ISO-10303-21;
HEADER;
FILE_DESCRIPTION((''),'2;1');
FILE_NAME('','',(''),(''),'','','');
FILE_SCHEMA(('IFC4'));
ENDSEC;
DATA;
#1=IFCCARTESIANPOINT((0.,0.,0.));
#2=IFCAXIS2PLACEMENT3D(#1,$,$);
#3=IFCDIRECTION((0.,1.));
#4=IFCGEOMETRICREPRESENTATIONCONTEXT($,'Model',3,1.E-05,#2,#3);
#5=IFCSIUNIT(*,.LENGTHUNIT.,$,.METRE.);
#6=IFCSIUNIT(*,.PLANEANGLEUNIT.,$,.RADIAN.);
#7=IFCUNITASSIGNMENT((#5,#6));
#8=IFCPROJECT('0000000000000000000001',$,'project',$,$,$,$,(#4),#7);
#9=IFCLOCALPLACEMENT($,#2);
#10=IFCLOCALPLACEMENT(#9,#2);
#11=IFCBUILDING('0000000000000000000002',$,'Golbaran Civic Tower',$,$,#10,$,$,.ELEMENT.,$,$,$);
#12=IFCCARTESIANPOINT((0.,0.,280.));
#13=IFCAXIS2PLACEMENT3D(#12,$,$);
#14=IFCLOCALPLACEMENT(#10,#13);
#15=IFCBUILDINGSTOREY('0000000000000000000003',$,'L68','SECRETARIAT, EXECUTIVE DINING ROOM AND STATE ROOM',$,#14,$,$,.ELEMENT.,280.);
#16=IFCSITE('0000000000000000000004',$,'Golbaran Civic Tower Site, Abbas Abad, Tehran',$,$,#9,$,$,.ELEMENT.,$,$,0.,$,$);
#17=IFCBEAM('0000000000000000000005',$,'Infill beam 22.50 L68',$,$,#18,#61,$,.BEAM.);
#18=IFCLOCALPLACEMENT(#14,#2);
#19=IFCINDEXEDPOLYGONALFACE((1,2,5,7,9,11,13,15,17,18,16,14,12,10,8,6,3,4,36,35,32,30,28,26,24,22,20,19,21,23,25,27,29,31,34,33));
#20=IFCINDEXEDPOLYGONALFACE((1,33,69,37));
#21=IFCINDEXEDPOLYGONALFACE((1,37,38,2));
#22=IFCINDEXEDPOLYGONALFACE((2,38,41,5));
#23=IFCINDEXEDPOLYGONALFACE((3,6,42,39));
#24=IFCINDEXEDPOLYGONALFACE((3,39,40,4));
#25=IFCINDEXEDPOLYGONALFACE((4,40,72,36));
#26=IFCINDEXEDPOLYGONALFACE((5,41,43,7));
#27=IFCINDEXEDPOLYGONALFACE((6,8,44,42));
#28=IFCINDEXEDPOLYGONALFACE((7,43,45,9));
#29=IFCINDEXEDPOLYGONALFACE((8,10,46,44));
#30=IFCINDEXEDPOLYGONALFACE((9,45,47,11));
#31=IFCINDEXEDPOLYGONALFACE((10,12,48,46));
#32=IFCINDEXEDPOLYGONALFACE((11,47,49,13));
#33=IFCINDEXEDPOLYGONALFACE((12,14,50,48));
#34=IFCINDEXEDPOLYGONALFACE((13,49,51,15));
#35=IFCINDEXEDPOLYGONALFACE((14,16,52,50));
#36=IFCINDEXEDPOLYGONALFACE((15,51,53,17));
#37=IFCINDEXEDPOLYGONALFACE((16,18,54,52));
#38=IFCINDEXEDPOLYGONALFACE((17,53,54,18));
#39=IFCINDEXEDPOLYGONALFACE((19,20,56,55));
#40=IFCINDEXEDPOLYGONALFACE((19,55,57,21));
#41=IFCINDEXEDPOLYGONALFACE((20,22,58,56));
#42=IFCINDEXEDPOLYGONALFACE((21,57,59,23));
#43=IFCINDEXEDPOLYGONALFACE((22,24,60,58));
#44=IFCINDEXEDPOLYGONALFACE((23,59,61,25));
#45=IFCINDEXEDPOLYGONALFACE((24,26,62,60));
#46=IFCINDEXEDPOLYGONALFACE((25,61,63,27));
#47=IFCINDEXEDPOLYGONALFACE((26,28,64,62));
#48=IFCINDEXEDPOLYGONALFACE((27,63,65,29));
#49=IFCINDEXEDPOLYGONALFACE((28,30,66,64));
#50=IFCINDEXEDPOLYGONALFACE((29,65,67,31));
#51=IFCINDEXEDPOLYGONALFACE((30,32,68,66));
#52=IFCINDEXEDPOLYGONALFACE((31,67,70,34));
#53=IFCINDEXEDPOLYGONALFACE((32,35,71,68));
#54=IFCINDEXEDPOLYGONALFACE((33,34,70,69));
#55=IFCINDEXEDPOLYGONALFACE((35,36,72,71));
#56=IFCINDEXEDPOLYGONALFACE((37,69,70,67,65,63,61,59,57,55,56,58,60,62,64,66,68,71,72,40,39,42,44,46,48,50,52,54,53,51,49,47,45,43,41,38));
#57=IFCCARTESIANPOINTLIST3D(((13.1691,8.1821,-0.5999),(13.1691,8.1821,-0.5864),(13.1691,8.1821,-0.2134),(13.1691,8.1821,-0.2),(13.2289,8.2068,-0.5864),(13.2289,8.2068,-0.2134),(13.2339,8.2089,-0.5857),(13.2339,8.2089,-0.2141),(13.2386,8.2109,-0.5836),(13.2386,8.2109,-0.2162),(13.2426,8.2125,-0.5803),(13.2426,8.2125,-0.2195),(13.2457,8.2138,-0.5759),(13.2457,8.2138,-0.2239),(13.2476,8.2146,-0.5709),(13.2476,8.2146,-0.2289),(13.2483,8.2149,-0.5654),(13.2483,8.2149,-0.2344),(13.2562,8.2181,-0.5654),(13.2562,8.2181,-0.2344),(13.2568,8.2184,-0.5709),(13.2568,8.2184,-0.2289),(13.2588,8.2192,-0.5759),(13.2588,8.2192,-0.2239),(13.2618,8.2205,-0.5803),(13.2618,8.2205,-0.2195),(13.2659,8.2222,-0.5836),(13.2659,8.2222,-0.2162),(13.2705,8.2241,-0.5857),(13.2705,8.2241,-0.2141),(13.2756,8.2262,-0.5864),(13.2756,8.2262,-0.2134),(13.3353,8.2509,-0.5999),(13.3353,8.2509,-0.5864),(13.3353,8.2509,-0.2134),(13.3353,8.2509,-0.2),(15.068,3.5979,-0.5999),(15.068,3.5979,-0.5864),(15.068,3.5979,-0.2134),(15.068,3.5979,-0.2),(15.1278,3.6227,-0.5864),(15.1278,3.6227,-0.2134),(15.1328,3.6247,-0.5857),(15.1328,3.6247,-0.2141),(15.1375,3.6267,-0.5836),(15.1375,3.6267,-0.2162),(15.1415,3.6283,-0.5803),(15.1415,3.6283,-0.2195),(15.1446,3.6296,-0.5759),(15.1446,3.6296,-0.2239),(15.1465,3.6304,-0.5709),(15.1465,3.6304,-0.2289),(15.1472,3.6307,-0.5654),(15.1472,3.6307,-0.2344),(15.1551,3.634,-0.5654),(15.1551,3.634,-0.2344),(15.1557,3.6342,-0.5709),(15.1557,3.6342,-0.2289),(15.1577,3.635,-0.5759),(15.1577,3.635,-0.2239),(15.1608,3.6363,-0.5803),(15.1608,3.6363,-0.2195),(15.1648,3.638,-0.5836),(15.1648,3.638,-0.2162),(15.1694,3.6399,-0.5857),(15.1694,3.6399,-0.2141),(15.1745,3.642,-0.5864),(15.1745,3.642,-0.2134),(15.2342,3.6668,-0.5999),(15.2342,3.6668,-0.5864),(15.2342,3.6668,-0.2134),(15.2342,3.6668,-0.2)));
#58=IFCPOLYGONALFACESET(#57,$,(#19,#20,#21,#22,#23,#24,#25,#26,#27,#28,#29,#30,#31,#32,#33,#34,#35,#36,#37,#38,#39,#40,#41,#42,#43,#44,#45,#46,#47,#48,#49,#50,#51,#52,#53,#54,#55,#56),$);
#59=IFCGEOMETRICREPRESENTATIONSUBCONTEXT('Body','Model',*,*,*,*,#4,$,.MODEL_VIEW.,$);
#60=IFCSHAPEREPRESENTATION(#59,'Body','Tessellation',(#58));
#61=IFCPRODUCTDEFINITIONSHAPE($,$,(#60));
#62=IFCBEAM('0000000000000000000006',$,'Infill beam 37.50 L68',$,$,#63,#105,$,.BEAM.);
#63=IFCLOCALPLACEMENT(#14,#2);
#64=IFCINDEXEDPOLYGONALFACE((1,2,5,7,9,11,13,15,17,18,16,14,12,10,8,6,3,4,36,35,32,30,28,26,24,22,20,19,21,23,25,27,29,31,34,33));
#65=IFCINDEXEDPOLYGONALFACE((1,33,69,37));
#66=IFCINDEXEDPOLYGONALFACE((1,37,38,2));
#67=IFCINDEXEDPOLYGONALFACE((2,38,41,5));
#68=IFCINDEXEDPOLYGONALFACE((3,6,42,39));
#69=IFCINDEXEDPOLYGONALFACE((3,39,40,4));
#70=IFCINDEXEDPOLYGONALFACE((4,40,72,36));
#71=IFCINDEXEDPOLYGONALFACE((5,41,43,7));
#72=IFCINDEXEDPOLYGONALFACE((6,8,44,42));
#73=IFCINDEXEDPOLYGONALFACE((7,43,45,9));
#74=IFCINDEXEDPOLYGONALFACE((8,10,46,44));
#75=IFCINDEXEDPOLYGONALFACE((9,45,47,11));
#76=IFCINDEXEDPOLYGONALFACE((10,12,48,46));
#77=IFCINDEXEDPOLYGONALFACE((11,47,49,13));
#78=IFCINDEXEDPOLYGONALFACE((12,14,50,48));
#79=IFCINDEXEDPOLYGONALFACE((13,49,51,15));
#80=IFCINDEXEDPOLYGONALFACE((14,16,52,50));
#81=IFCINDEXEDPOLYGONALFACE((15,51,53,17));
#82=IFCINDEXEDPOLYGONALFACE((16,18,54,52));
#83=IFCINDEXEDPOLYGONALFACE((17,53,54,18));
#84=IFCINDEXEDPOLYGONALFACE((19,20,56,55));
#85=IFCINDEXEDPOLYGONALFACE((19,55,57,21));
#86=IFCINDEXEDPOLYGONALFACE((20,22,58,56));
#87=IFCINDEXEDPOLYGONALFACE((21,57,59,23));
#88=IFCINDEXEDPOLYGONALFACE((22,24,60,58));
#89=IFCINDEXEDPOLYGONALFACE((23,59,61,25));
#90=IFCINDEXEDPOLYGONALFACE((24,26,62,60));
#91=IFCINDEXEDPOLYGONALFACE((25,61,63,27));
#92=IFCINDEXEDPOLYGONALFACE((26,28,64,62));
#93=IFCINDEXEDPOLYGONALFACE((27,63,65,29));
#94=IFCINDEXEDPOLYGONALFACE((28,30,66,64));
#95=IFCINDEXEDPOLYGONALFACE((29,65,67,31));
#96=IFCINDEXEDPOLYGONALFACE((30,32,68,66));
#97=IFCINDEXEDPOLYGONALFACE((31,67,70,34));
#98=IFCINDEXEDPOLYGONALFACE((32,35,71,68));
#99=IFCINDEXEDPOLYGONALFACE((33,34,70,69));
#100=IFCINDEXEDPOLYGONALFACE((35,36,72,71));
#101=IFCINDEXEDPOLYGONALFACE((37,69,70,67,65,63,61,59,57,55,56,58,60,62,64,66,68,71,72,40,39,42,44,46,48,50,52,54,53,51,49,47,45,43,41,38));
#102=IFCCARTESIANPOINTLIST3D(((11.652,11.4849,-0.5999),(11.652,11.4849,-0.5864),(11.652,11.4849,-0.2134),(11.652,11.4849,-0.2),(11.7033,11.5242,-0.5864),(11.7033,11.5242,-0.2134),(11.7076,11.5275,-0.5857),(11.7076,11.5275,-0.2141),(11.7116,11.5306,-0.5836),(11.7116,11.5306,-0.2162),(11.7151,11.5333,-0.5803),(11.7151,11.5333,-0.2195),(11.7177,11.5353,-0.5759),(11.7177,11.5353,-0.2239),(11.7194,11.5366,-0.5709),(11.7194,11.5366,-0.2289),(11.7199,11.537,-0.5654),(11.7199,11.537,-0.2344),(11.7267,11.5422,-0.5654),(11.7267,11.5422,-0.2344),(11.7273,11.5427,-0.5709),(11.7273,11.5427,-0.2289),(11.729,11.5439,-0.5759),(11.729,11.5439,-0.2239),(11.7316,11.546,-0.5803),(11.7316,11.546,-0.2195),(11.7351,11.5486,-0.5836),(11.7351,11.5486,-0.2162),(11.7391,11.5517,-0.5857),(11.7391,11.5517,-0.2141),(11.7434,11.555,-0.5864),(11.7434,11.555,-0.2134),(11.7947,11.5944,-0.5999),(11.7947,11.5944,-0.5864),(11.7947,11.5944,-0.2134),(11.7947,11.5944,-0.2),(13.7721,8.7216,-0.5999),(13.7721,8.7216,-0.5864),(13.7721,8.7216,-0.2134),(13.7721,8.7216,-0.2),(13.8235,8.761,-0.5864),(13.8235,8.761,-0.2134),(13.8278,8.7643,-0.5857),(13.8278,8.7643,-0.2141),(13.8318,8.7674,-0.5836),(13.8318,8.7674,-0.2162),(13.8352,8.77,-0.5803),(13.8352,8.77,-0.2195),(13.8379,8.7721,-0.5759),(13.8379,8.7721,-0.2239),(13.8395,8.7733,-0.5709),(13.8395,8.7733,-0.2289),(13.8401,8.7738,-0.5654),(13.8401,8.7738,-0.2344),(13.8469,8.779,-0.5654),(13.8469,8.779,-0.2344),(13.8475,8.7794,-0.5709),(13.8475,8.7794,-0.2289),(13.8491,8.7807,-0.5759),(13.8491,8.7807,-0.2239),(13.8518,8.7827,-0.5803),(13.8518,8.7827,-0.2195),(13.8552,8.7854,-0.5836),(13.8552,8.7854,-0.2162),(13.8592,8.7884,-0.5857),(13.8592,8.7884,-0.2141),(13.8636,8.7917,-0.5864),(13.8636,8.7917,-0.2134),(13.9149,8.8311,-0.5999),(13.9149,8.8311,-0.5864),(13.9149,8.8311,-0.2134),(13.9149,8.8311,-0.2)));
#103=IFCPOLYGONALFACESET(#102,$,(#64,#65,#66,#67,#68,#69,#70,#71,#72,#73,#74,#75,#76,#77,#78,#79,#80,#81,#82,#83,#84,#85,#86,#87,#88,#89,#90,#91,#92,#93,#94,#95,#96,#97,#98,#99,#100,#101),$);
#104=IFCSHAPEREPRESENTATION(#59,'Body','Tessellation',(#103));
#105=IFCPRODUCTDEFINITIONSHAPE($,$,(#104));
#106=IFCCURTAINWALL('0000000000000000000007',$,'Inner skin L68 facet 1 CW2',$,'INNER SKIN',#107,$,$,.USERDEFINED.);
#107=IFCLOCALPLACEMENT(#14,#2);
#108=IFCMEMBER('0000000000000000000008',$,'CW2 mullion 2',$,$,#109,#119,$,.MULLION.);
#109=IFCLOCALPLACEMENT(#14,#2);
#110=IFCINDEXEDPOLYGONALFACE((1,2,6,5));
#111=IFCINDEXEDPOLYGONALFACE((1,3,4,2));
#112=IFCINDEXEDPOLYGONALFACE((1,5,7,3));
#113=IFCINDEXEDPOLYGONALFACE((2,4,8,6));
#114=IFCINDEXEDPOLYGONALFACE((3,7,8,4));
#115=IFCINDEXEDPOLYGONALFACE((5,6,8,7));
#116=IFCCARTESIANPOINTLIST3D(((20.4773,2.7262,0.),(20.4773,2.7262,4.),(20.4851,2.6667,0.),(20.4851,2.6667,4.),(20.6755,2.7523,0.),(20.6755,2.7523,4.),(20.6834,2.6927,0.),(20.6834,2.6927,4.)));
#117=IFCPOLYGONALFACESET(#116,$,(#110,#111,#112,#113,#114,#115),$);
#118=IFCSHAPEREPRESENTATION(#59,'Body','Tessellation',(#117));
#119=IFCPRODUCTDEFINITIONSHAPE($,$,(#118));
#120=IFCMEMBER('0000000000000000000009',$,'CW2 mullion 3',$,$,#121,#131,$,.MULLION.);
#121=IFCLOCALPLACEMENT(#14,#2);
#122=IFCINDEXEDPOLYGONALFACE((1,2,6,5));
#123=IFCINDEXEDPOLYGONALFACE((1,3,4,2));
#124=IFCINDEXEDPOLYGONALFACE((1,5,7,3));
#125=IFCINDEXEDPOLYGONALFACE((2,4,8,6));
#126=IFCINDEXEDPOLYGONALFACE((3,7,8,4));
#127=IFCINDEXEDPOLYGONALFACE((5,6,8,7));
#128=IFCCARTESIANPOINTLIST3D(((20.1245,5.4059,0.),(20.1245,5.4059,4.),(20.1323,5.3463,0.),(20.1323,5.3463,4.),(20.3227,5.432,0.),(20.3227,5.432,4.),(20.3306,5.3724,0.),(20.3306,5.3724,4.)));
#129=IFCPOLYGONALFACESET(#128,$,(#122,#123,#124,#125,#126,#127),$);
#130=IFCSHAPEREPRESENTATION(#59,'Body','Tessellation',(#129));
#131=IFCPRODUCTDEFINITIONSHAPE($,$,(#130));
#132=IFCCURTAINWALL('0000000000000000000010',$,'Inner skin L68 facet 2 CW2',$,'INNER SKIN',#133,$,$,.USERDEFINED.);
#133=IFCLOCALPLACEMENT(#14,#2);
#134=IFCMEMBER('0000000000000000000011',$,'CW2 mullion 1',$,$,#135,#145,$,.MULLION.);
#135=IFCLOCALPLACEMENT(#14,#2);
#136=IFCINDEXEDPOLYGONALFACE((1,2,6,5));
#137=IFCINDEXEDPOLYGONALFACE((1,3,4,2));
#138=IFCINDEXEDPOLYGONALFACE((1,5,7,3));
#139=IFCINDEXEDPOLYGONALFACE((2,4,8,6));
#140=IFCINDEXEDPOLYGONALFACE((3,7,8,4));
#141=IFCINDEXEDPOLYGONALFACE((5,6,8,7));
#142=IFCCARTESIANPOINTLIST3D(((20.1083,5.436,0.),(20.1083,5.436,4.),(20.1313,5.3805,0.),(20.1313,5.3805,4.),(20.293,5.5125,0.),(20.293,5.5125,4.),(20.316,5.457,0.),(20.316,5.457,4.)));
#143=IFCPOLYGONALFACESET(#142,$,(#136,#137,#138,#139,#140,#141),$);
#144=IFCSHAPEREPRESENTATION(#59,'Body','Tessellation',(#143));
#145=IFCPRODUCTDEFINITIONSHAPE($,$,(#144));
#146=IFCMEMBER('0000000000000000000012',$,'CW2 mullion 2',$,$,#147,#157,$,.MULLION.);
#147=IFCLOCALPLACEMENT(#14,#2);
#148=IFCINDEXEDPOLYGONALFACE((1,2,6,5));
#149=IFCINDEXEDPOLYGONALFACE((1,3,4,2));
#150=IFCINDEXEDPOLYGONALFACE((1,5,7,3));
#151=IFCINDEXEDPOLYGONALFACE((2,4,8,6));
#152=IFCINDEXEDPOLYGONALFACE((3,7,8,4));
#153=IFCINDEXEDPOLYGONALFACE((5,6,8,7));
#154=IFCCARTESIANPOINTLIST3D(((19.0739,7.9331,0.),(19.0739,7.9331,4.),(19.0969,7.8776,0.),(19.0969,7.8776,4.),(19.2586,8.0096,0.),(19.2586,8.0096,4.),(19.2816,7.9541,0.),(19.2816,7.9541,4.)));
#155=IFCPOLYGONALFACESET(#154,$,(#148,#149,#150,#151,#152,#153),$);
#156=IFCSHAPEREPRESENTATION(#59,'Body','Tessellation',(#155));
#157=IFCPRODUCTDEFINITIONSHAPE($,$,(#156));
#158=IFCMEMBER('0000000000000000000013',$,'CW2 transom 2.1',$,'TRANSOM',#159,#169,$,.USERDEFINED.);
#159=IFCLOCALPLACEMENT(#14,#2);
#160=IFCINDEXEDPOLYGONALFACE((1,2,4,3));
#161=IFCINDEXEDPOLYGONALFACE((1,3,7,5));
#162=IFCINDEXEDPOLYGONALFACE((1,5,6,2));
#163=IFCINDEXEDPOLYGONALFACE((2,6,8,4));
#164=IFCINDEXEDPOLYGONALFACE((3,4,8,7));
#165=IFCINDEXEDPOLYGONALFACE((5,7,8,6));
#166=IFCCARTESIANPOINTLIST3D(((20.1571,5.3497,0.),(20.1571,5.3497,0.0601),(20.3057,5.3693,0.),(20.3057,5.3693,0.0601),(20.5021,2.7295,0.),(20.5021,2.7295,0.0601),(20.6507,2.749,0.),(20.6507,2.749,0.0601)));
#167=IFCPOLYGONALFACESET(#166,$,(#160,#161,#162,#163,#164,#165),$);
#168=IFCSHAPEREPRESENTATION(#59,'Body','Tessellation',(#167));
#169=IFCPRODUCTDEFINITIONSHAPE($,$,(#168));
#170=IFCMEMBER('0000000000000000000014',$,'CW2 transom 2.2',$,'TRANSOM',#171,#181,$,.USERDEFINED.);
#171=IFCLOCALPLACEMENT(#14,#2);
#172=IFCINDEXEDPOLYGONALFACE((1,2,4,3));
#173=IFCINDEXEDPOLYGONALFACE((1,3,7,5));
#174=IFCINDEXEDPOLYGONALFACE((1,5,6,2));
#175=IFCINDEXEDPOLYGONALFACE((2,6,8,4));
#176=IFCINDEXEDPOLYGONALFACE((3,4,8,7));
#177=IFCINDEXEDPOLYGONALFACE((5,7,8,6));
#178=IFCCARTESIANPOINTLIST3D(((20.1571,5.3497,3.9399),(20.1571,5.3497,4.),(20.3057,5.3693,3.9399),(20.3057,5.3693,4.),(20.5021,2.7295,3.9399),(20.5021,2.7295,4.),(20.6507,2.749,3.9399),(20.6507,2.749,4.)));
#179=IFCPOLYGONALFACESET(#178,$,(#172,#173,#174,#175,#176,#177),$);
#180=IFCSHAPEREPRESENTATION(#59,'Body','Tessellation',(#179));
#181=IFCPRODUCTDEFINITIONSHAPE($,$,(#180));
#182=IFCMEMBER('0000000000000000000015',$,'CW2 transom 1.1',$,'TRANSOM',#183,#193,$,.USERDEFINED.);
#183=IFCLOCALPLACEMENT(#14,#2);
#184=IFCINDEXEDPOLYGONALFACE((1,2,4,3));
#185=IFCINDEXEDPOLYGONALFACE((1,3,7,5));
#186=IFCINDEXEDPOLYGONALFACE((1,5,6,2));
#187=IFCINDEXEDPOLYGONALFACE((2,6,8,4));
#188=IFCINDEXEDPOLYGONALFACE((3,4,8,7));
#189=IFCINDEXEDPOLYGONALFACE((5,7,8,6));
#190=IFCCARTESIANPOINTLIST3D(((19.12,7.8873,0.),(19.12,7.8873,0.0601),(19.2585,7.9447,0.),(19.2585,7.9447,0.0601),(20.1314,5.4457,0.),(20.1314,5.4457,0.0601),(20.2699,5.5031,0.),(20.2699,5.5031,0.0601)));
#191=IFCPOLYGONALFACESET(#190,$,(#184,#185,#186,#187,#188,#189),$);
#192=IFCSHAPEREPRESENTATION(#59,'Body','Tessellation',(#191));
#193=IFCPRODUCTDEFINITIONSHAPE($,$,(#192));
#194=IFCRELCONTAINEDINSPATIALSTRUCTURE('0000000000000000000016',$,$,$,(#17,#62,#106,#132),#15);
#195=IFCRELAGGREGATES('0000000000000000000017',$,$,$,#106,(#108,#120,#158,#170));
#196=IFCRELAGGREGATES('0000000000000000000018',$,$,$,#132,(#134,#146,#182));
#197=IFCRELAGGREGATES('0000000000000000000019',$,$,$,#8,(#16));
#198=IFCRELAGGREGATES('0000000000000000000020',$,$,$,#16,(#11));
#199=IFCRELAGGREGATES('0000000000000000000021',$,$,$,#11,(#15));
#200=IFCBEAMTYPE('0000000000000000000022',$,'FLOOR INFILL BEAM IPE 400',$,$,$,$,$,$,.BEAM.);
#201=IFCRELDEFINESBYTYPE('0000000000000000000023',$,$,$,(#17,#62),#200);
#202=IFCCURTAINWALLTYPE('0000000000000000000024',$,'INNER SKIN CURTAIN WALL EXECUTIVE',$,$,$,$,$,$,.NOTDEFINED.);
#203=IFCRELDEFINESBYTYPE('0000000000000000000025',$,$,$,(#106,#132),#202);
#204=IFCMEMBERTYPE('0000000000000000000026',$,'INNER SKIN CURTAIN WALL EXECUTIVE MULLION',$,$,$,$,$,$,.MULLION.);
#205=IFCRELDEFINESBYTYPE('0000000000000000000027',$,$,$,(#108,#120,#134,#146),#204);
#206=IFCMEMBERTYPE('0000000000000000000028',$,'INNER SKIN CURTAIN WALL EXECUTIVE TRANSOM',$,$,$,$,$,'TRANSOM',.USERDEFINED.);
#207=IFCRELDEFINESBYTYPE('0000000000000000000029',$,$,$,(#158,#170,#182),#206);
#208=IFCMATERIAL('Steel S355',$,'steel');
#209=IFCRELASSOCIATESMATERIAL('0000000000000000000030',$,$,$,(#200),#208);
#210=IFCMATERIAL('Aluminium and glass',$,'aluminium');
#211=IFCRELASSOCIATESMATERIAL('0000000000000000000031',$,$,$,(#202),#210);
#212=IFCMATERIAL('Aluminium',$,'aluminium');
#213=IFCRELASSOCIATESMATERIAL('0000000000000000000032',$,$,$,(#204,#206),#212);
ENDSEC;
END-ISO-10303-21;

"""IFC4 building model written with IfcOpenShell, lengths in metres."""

from ifc_helpers import new_model, si_unit, direction, frame, origin, origin_2d, place, context, subcontext, project, spatial, rectangle, i_section, extrude, material, material_profile, profile_set, type_object, element, aggregate, save


model = new_model("IFC4")

# Units and contexts
model_context = context("Model", 3, precision=1e-05, world=origin(), true_north=direction((0.0, 1.0)))
body_context = subcontext(model_context, "Body", "Model", "MODEL_VIEW")
ifc_project = project(units=[si_unit("LENGTHUNIT", "METRE"), si_unit("PLANEANGLEUNIT", "RADIAN")], contexts=[model_context])

# Site, building, storey
site_placement = place(None, origin())
site = spatial("IfcSite", under=ifc_project, at=site_placement, Name="Golbaran Civic Tower Site, Abbas Abad, Tehran", CompositionType="ELEMENT", RefElevation=0.0)
building_placement = place(site_placement, origin())
building = spatial("IfcBuilding", under=site, at=building_placement, Name="Golbaran Civic Tower", CompositionType="ELEMENT")
storey_placement = place(building_placement, frame((0.0, 0.0, 280.0)))
storey = spatial("IfcBuildingStorey", under=building, at=storey_placement, Name="L68", Description="SECRETARIAT, EXECUTIVE DINING ROOM AND STATE ROOM", CompositionType="ELEMENT", Elevation=280.0)

# Beams
ifc_material_1 = material(Name="Steel S355", Category="steel")
ifc_material_profile_1 = material_profile(ifc_material_1, i_section(OverallWidth=0.1799, OverallDepth=0.3999, WebThickness=0.0085, FlangeThickness=0.0134, FilletRadius=0.021, at=origin_2d()), Name="IPE 400")
ifc_profile_set_1 = profile_set([ifc_material_profile_1], Name="Steel S355")
beam_type = type_object("IfcBeamType", Name="FLOOR INFILL BEAM IPE 400", PredefinedType="BEAM", material=ifc_profile_set_1)
beam_1_placement = place(storey_placement, frame((15.1511, 3.6323, -0.3999), z_axis=(-0.382697, 0.923874, 0.0), x_axis=(-0.923874, -0.382697, 0.0)))
element("IfcBeam", 1, at=beam_1_placement, inside=storey, type_object=beam_type, Name="Infill beam 22.50 L68", PredefinedType="BEAM", context=body_context, shape_type="SweptSolid", body=[
    extrude(i_section(OverallWidth=0.1799, OverallDepth=0.3999, WebThickness=0.0085, FlangeThickness=0.0134, FilletRadius=0.021, at=origin_2d()), origin(), (0.0, 0.0, 1.0), 4.9619),
])
beam_2_placement = place(storey_placement, frame((13.8435, 8.7764, -0.3999), z_axis=(-0.608735, 0.793374, 0.0), x_axis=(-0.793374, -0.608735, 0.0)))
element("IfcBeam", 2, at=beam_2_placement, inside=storey, type_object=beam_type, Name="Infill beam 37.50 L68", PredefinedType="BEAM", context=body_context, shape_type="SweptSolid", body=[
    extrude(i_section(OverallWidth=0.1799, OverallDepth=0.3999, WebThickness=0.0085, FlangeThickness=0.0134, FilletRadius=0.021, at=origin_2d()), origin(), (0.0, 0.0, 1.0), 3.4829),
])

# Curtain walls, members
ifc_material_2 = material(Name="Aluminium and glass", Category="aluminium")
curtain_wall_type = type_object("IfcCurtainWallType", Name="INNER SKIN CURTAIN WALL EXECUTIVE", PredefinedType="NOTDEFINED", material=ifc_material_2)
curtain_wall_1_placement = place(storey_placement, origin())
curtain_wall_1 = element("IfcCurtainWall", 3, at=curtain_wall_1_placement, inside=storey, type_object=curtain_wall_type, Name="Inner skin L68 facet 1 CW2", ObjectType="INNER SKIN", PredefinedType="USERDEFINED")
ifc_material_3 = material(Name="Aluminium", Category="aluminium")
ifc_material_profile_2 = material_profile(ifc_material_3, rectangle(XDim=0.2, YDim=0.0601, at=origin_2d()), Name="INNER SKIN CURTAIN WALL EXECUTIVE MULLION")
ifc_profile_set_2 = profile_set([ifc_material_profile_2], Name="Aluminium")
member_type_1 = type_object("IfcMemberType", Name="INNER SKIN CURTAIN WALL EXECUTIVE MULLION", PredefinedType="MULLION", material=ifc_profile_set_2)
member_1_placement = place(storey_placement, frame((20.5803, 2.7095, 0.0), z_axis=(0.0, 0.0, 1.0), x_axis=(-0.991445, -0.130526, 0.0)))
member_1 = element("IfcMember", 4, at=member_1_placement, type_object=member_type_1, Name="CW2 mullion 2", PredefinedType="MULLION", context=body_context, shape_type="SweptSolid", body=[
    extrude(rectangle(XDim=0.2, YDim=0.0601, at=origin_2d()), origin(), (0.0, 0.0, 1.0), 4.0),
])
member_2_placement = place(storey_placement, frame((20.2275, 5.3892, 0.0), z_axis=(0.0, 0.0, 1.0), x_axis=(-0.991445, -0.130526, 0.0)))
member_2 = element("IfcMember", 5, at=member_2_placement, type_object=member_type_1, Name="CW2 mullion 3", PredefinedType="MULLION", context=body_context, shape_type="SweptSolid", body=[
    extrude(rectangle(XDim=0.2, YDim=0.0601, at=origin_2d()), origin(), (0.0, 0.0, 1.0), 4.0),
])
curtain_wall_2_placement = place(storey_placement, origin())
curtain_wall_2 = element("IfcCurtainWall", 6, at=curtain_wall_2_placement, inside=storey, type_object=curtain_wall_type, Name="Inner skin L68 facet 2 CW2", ObjectType="INNER SKIN", PredefinedType="USERDEFINED")
member_3_placement = place(storey_placement, frame((20.2122, 5.4465, 0.0), z_axis=(0.0, 0.0, 1.0), x_axis=(-0.92388, -0.382683, 0.0)))
member_3 = element("IfcMember", 7, at=member_3_placement, type_object=member_type_1, Name="CW2 mullion 1", PredefinedType="MULLION", context=body_context, shape_type="SweptSolid", body=[
    extrude(rectangle(XDim=0.2, YDim=0.0601, at=origin_2d()), origin(), (0.0, 0.0, 1.0), 4.0),
])
member_4_placement = place(storey_placement, frame((19.1777, 7.9436, 0.0), z_axis=(0.0, 0.0, 1.0), x_axis=(-0.92388, -0.382683, 0.0)))
member_4 = element("IfcMember", 8, at=member_4_placement, type_object=member_type_1, Name="CW2 mullion 2", PredefinedType="MULLION", context=body_context, shape_type="SweptSolid", body=[
    extrude(rectangle(XDim=0.2, YDim=0.0601, at=origin_2d()), origin(), (0.0, 0.0, 1.0), 4.0),
])

# Members
ifc_material_profile_3 = material_profile(ifc_material_3, rectangle(XDim=0.1499, YDim=0.0601, at=origin_2d()), Name="INNER SKIN CURTAIN WALL EXECUTIVE TRANSOM")
ifc_profile_set_3 = profile_set([ifc_material_profile_3], Name="Aluminium")
member_type_2 = type_object("IfcMemberType", Name="INNER SKIN CURTAIN WALL EXECUTIVE TRANSOM", ElementType="TRANSOM", PredefinedType="USERDEFINED", material=ifc_profile_set_3)
member_5_placement = place(storey_placement, frame((20.5764, 2.7393, 0.03), z_axis=(-0.130536, 0.991444, 0.0), x_axis=(-0.991444, -0.130536, 0.0)))
member_5 = element("IfcMember", 9, at=member_5_placement, type_object=member_type_2, Name="CW2 transom 2.1", ObjectType="TRANSOM", PredefinedType="USERDEFINED", context=body_context, shape_type="SweptSolid", body=[
    extrude(rectangle(XDim=0.1499, YDim=0.0601, at=origin_2d()), origin(), (0.0, 0.0, 1.0), 2.6428),
])
member_6_placement = place(storey_placement, frame((20.5764, 2.7393, 3.97), z_axis=(-0.130536, 0.991444, 0.0), x_axis=(-0.991444, -0.130536, 0.0)))
member_6 = element("IfcMember", 10, at=member_6_placement, type_object=member_type_2, Name="CW2 transom 2.2", ObjectType="TRANSOM", PredefinedType="USERDEFINED", context=body_context, shape_type="SweptSolid", body=[
    extrude(rectangle(XDim=0.1499, YDim=0.0601, at=origin_2d()), origin(), (0.0, 0.0, 1.0), 2.6428),
])
member_7_placement = place(storey_placement, frame((20.2007, 5.4744, 0.03), z_axis=(-0.382719, 0.923865, 0.0), x_axis=(-0.923865, -0.382719, 0.0)))
member_7 = element("IfcMember", 11, at=member_7_placement, type_object=member_type_2, Name="CW2 transom 1.1", ObjectType="TRANSOM", PredefinedType="USERDEFINED", context=body_context, shape_type="SweptSolid", body=[
    extrude(rectangle(XDim=0.1499, YDim=0.0601, at=origin_2d()), origin(), (0.0, 0.0, 1.0), 2.6428),
])

aggregate(curtain_wall_1, [member_1, member_2, member_5, member_6])
aggregate(curtain_wall_2, [member_3, member_4, member_7])

save(model, "model.ifc")
